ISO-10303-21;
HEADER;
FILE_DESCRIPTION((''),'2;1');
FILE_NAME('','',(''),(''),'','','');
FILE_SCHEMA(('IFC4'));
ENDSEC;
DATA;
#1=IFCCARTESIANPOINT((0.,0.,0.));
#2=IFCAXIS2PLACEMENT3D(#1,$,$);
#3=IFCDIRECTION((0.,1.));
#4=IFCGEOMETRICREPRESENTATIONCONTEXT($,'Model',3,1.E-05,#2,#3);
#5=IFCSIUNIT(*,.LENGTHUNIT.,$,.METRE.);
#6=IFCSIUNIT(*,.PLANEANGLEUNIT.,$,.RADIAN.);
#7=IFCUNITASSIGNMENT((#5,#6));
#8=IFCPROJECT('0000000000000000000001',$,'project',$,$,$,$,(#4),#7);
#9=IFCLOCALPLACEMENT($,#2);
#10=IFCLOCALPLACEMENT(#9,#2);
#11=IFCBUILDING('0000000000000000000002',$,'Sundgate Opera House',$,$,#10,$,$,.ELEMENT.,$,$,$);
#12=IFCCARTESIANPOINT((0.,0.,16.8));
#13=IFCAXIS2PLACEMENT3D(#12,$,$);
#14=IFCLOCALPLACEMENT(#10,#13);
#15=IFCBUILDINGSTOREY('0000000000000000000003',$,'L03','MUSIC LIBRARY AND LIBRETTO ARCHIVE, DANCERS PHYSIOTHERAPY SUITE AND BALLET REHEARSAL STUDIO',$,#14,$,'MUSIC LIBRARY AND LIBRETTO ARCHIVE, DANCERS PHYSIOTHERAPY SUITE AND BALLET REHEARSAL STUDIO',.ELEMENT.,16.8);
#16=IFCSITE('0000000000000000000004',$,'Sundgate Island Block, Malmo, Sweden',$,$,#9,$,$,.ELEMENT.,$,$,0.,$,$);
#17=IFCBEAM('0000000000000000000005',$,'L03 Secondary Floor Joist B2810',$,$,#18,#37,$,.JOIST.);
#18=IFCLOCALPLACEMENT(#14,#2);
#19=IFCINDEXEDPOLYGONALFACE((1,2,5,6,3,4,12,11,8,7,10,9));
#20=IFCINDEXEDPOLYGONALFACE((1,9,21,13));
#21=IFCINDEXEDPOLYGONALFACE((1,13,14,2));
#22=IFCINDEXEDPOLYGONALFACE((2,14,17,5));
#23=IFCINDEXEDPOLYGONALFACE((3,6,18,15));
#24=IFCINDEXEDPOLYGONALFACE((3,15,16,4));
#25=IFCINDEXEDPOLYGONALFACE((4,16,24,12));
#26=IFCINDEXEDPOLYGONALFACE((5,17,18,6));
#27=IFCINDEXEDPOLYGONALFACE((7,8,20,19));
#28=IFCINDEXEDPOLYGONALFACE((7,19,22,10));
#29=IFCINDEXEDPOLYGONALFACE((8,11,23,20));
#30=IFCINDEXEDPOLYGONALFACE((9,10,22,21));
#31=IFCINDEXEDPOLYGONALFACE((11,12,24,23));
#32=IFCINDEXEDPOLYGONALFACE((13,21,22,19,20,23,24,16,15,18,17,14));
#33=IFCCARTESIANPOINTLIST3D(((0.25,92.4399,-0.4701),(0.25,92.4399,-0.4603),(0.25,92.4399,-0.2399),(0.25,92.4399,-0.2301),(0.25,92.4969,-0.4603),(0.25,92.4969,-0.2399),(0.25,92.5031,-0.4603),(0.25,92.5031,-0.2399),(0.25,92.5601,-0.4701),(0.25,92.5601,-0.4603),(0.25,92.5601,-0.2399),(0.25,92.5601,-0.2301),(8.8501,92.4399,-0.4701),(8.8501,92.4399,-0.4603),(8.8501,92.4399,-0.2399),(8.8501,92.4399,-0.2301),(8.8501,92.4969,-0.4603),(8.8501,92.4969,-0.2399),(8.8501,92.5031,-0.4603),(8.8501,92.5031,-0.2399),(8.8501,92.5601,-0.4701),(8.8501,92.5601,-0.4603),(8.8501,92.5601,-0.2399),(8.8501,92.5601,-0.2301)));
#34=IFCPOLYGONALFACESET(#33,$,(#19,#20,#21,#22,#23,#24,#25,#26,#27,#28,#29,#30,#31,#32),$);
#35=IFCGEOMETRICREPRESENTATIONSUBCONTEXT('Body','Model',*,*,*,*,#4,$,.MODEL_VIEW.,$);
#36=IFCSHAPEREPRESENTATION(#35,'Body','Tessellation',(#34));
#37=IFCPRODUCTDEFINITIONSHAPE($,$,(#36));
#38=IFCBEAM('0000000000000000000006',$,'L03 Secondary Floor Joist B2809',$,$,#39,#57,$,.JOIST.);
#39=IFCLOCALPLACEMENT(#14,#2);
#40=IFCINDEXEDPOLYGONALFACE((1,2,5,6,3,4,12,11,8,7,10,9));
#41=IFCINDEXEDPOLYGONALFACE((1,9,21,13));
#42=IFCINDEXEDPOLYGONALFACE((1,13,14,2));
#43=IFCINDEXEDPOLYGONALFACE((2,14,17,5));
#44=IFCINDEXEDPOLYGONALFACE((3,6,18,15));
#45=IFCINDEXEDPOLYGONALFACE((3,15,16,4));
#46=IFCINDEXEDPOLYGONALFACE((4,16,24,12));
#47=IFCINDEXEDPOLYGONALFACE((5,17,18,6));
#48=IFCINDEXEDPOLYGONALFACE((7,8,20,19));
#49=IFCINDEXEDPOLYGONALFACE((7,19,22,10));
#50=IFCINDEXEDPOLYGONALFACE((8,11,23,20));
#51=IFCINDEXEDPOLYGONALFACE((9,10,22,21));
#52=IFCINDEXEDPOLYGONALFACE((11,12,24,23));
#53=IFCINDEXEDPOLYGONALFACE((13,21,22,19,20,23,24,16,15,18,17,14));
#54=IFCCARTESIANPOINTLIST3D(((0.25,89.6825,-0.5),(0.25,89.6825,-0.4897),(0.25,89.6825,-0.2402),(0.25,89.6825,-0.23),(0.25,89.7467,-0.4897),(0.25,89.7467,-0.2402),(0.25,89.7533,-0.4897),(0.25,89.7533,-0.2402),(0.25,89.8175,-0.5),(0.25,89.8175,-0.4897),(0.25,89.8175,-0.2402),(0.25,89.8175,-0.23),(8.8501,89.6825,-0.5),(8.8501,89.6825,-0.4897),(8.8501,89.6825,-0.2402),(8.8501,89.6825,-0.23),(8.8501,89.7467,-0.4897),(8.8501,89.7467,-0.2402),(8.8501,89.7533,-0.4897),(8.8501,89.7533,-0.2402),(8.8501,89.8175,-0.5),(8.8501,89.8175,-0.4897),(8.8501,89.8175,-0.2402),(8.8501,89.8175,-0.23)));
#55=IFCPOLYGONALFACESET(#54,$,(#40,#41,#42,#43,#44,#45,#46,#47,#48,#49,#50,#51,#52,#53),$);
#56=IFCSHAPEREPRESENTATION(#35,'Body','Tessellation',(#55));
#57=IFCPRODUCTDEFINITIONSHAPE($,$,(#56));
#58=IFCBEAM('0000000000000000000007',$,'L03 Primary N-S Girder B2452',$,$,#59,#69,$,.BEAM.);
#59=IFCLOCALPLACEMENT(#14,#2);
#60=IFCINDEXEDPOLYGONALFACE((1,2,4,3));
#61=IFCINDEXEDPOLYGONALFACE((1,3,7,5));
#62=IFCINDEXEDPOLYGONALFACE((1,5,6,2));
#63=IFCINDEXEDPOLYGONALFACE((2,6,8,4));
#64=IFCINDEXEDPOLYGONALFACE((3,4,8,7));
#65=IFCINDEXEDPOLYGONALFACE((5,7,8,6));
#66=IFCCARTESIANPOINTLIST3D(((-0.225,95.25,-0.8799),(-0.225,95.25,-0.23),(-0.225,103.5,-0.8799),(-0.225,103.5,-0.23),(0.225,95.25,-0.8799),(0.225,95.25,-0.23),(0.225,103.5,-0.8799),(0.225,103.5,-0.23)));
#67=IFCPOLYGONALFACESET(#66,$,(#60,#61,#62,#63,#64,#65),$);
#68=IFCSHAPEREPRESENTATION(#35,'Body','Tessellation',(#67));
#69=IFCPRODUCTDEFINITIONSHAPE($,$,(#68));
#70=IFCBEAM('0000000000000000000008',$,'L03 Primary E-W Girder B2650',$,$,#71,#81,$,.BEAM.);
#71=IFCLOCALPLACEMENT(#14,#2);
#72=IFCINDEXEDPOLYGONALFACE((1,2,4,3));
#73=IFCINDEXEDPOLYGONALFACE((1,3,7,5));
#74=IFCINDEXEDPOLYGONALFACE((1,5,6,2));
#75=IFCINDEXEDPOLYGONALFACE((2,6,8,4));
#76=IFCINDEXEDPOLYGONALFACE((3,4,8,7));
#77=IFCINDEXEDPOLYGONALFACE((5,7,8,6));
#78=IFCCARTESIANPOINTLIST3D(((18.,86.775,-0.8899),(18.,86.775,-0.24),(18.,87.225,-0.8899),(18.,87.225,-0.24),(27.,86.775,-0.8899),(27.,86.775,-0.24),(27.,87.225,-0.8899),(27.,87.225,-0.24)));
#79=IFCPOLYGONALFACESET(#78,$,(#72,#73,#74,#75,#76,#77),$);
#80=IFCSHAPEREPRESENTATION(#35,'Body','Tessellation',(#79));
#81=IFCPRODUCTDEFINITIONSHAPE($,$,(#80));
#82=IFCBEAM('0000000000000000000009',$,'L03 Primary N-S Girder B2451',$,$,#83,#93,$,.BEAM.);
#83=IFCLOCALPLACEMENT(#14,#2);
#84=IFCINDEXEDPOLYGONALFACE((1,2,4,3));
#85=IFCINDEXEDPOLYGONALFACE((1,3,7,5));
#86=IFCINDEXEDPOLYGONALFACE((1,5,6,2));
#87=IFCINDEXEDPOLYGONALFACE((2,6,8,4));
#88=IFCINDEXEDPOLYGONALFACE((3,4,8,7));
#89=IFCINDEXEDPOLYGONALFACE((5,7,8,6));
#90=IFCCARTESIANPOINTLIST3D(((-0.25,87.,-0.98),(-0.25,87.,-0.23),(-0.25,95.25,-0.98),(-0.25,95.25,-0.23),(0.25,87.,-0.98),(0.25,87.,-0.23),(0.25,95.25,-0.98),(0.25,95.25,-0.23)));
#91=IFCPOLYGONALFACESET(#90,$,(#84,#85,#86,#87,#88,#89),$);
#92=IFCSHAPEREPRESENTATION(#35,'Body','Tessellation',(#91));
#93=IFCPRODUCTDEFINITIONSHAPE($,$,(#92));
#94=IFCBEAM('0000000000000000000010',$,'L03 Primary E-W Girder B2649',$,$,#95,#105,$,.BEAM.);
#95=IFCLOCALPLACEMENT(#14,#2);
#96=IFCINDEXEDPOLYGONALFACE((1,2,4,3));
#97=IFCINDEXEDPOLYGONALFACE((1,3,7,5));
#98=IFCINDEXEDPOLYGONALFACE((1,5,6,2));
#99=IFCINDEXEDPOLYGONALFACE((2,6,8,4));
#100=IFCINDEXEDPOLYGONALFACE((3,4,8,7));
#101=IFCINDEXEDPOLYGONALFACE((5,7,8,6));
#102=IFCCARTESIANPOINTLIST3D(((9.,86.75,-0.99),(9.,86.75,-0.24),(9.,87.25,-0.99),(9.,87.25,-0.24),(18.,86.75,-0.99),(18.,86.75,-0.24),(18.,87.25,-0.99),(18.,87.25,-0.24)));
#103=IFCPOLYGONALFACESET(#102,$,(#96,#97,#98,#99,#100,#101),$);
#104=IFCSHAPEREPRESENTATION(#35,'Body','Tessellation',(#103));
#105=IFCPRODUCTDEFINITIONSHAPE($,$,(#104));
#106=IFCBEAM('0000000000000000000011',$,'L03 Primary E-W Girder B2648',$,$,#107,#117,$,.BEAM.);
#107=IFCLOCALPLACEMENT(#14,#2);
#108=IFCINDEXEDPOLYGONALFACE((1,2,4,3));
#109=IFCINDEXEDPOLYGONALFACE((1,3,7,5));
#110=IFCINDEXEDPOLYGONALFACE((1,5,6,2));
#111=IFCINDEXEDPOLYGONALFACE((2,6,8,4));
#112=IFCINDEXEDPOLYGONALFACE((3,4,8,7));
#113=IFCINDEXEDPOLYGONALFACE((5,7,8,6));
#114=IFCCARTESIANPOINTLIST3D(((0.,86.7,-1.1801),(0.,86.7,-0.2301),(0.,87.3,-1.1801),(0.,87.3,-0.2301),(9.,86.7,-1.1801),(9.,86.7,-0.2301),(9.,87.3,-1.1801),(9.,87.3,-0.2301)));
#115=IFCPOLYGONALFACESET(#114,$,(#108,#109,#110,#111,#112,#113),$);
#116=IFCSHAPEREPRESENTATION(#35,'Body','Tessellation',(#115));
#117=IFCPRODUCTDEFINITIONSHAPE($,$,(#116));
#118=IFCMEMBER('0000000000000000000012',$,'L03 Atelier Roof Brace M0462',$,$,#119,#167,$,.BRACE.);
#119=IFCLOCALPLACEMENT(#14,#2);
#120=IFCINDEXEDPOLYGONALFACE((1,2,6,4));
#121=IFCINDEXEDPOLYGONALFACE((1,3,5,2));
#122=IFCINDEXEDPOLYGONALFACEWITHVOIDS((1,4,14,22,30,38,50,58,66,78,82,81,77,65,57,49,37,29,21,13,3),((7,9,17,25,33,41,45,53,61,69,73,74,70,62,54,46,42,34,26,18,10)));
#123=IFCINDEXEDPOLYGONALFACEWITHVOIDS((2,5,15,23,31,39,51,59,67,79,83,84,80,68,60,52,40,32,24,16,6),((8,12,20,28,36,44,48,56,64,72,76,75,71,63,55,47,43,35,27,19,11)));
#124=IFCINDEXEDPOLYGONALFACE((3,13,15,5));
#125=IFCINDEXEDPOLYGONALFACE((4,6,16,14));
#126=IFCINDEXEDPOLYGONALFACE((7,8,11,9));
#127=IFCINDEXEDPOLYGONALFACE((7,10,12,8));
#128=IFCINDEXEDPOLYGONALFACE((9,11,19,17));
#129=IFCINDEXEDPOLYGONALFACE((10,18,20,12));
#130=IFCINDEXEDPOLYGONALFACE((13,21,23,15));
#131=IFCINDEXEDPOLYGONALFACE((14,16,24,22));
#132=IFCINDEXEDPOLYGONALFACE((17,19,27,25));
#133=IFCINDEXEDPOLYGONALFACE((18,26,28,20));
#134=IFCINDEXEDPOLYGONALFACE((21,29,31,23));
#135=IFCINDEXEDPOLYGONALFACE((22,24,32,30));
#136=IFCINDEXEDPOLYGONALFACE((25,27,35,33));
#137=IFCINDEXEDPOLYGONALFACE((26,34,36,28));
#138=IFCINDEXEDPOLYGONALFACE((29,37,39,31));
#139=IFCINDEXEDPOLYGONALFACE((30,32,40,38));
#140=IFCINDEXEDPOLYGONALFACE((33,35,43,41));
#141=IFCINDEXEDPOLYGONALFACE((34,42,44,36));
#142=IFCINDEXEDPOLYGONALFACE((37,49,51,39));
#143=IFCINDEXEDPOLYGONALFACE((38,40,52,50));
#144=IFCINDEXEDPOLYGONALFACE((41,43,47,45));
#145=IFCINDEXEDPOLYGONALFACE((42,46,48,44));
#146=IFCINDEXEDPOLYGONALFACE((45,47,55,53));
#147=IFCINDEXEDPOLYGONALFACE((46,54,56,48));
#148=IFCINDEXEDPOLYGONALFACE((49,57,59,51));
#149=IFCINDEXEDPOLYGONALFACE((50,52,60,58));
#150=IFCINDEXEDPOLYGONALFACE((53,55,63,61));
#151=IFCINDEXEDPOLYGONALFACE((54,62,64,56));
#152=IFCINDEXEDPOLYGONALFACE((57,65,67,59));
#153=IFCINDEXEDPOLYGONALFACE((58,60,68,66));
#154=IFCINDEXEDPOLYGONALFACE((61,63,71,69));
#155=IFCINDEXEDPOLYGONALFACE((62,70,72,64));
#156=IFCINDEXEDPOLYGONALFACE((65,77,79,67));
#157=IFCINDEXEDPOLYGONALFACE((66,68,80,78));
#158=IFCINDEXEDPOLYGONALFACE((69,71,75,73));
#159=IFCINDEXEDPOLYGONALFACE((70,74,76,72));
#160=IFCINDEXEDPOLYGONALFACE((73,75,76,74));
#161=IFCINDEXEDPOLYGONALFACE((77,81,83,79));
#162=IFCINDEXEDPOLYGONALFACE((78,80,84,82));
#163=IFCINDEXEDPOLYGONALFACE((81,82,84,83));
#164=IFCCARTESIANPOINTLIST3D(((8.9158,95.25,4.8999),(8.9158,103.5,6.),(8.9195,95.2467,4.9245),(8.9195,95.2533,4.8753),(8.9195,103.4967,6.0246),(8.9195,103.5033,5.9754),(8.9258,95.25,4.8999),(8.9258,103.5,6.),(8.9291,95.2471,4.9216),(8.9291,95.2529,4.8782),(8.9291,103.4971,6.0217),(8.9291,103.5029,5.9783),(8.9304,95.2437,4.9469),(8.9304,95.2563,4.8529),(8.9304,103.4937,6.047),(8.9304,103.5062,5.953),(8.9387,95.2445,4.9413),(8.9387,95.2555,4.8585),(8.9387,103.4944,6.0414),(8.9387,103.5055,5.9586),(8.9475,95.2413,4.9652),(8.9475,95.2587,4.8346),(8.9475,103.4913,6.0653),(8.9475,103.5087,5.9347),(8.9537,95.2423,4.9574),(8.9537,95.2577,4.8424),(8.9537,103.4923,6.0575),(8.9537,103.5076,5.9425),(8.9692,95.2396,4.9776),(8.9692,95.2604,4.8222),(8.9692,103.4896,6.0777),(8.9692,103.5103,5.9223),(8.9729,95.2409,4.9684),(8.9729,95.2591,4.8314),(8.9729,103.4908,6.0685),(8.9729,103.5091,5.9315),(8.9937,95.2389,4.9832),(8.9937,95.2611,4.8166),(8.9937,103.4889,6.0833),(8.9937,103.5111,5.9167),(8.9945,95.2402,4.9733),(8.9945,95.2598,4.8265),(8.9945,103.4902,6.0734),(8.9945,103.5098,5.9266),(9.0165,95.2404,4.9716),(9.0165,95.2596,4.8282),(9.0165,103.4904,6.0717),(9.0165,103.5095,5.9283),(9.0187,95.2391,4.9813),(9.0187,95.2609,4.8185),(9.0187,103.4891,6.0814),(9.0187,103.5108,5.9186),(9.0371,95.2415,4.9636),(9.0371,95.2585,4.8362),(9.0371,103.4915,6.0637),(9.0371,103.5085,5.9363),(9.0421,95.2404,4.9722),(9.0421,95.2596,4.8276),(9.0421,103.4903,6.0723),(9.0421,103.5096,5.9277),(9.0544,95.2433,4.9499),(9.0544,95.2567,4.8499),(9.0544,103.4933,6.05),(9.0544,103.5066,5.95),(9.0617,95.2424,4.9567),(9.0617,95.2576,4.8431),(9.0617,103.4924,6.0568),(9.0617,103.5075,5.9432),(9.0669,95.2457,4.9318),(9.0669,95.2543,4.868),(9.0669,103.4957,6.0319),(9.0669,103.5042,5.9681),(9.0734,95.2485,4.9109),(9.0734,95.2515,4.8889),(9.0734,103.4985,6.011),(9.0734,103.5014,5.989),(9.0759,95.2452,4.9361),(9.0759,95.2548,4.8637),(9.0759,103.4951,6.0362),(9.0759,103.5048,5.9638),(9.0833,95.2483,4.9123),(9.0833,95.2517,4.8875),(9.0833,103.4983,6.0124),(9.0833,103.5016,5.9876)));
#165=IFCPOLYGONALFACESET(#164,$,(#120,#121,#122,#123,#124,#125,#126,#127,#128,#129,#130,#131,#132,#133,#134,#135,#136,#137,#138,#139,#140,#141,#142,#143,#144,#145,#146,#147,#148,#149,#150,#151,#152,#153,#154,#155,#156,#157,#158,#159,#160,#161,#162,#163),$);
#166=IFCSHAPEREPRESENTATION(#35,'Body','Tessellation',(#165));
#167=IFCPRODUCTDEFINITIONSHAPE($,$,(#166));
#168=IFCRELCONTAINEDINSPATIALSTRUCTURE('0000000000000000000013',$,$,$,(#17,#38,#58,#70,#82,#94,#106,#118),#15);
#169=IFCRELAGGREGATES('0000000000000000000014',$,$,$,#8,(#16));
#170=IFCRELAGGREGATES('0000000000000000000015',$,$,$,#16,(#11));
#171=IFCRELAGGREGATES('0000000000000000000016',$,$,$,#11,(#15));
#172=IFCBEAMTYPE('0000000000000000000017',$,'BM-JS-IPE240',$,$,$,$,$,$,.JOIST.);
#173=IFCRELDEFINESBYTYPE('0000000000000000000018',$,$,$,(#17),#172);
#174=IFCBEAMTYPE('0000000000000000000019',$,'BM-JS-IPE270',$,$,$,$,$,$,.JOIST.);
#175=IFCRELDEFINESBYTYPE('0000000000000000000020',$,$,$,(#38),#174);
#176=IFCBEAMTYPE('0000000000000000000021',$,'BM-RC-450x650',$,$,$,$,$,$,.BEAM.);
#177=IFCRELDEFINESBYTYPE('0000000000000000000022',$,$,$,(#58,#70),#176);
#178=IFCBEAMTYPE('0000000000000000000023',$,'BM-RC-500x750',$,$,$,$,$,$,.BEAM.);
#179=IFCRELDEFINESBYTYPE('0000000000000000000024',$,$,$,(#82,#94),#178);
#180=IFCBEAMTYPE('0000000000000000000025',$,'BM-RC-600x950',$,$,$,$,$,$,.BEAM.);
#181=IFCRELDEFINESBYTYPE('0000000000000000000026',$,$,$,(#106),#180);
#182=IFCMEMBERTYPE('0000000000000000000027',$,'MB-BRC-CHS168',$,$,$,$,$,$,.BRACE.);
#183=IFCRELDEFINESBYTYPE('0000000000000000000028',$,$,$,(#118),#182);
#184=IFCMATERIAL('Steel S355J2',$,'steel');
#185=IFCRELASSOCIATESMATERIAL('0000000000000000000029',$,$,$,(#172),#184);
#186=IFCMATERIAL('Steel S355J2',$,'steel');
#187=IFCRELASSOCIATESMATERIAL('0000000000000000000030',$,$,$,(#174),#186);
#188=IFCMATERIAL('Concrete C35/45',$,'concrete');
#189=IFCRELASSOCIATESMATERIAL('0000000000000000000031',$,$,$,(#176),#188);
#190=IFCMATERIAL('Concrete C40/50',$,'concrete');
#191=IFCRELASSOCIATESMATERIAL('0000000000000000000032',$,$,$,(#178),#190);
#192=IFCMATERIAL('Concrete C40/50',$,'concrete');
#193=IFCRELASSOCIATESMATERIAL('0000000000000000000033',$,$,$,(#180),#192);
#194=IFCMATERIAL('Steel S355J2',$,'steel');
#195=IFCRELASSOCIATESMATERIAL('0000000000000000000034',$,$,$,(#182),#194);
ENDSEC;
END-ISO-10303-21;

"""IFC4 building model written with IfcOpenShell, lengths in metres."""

from ifc_helpers import new_model, si_unit, direction, frame, origin, origin_2d, place, context, subcontext, project, spatial, rectangle, hollow_circle, i_section, extrude, material, material_profile, profile_set, type_object, element, save


model = new_model("IFC4")

# Units and contexts
model_context = context("Model", 3, precision=1e-05, world=origin(), true_north=direction((0.0, 1.0)))
body_context = subcontext(model_context, "Body", "Model", "MODEL_VIEW")
ifc_project = project(units=[si_unit("LENGTHUNIT", "METRE"), si_unit("PLANEANGLEUNIT", "RADIAN")], contexts=[model_context])

# Site, building, storey
site_placement = place(None, origin())
site = spatial("IfcSite", under=ifc_project, at=site_placement, Name="Sundgate Island Block, Malmo, Sweden", CompositionType="ELEMENT", RefElevation=0.0)
building_placement = place(site_placement, origin())
building = spatial("IfcBuilding", under=site, at=building_placement, Name="Sundgate Opera House", CompositionType="ELEMENT")
storey_placement = place(building_placement, frame((0.0, 0.0, 16.8)))
storey = spatial("IfcBuildingStorey", under=building, at=storey_placement, Name="L03", Description="MUSIC LIBRARY AND LIBRETTO ARCHIVE, DANCERS PHYSIOTHERAPY SUITE AND BALLET REHEARSAL STUDIO", LongName="MUSIC LIBRARY AND LIBRETTO ARCHIVE, DANCERS PHYSIOTHERAPY SUITE AND BALLET REHEARSAL STUDIO", CompositionType="ELEMENT", Elevation=16.8)

# Beams
ifc_material_1 = material(Name="Steel S355J2", Category="steel")
ifc_material_profile_1 = material_profile(ifc_material_1, i_section(OverallWidth=0.1201, OverallDepth=0.24, WebThickness=0.0061, FlangeThickness=0.0098, at=origin_2d()), Name="IPE 240")
ifc_profile_set_1 = profile_set([ifc_material_profile_1], Name="Steel S355J2")
beam_type_1 = type_object("IfcBeamType", Name="BM-JS-IPE240", PredefinedType="JOIST", material=ifc_profile_set_1)
beam_1_placement = place(storey_placement, frame((0.25, 92.5, -0.3501), z_axis=(1.0, 0.0, 0.0), x_axis=(0.0, 1.0, 0.0)))
element("IfcBeam", 1, at=beam_1_placement, inside=storey, type_object=beam_type_1, Name="L03 Secondary Floor Joist B2810", PredefinedType="JOIST", context=body_context, shape_type="SweptSolid", body=[
    extrude(i_section(OverallWidth=0.1201, OverallDepth=0.24, WebThickness=0.0061, FlangeThickness=0.0098, at=origin_2d()), origin(), (0.0, 0.0, 1.0), 8.6001),
])
ifc_material_2 = material(Name="Steel S355J2", Category="steel")
ifc_material_profile_2 = material_profile(ifc_material_2, i_section(OverallWidth=0.135, OverallDepth=0.27, WebThickness=0.0066, FlangeThickness=0.0103, at=origin_2d()), Name="IPE 270")
ifc_profile_set_2 = profile_set([ifc_material_profile_2], Name="Steel S355J2")
beam_type_2 = type_object("IfcBeamType", Name="BM-JS-IPE270", PredefinedType="JOIST", material=ifc_profile_set_2)
beam_2_placement = place(storey_placement, frame((0.25, 89.75, -0.365), z_axis=(1.0, 0.0, 0.0), x_axis=(0.0, 1.0, 0.0)))
element("IfcBeam", 2, at=beam_2_placement, inside=storey, type_object=beam_type_2, Name="L03 Secondary Floor Joist B2809", PredefinedType="JOIST", context=body_context, shape_type="SweptSolid", body=[
    extrude(i_section(OverallWidth=0.135, OverallDepth=0.27, WebThickness=0.0066, FlangeThickness=0.0103, at=origin_2d()), origin(), (0.0, 0.0, 1.0), 8.6001),
])
ifc_material_3 = material(Name="Concrete C35/45", Category="concrete")
ifc_material_profile_3 = material_profile(ifc_material_3, rectangle(XDim=0.45, YDim=0.6499, at=origin_2d()), Name="RC 450x650")
ifc_profile_set_3 = profile_set([ifc_material_profile_3], Name="Concrete C35/45")
beam_type_3 = type_object("IfcBeamType", Name="BM-RC-450x650", PredefinedType="BEAM", material=ifc_profile_set_3)
beam_3_placement = place(storey_placement, frame((0.0, 95.25, -0.5549), z_axis=(0.0, 1.0, 0.0), x_axis=(-1.0, 0.0, 0.0)))
element("IfcBeam", 3, at=beam_3_placement, inside=storey, type_object=beam_type_3, Name="L03 Primary N-S Girder B2452", PredefinedType="BEAM", context=body_context, shape_type="SweptSolid", body=[
    extrude(rectangle(XDim=0.45, YDim=0.6499, at=origin_2d()), origin(), (0.0, 0.0, 1.0), 8.25),
])
beam_4_placement = place(storey_placement, frame((18.0, 87.0, -0.5649), z_axis=(1.0, 0.0, 0.0), x_axis=(0.0, 1.0, 0.0)))
element("IfcBeam", 4, at=beam_4_placement, inside=storey, type_object=beam_type_3, Name="L03 Primary E-W Girder B2650", PredefinedType="BEAM", context=body_context, shape_type="SweptSolid", body=[
    extrude(rectangle(XDim=0.45, YDim=0.6499, at=origin_2d()), origin(), (0.0, 0.0, 1.0), 9.0),
])
ifc_material_4 = material(Name="Concrete C40/50", Category="concrete")
ifc_material_profile_4 = material_profile(ifc_material_4, rectangle(XDim=0.5, YDim=0.75, at=origin_2d()), Name="RC 500x750")
ifc_profile_set_4 = profile_set([ifc_material_profile_4], Name="Concrete C40/50")
beam_type_4 = type_object("IfcBeamType", Name="BM-RC-500x750", PredefinedType="BEAM", material=ifc_profile_set_4)
beam_5_placement = place(storey_placement, frame((0.0, 87.0, -0.605), z_axis=(0.0, 1.0, 0.0), x_axis=(-1.0, 0.0, 0.0)))
element("IfcBeam", 5, at=beam_5_placement, inside=storey, type_object=beam_type_4, Name="L03 Primary N-S Girder B2451", PredefinedType="BEAM", context=body_context, shape_type="SweptSolid", body=[
    extrude(rectangle(XDim=0.5, YDim=0.75, at=origin_2d()), origin(), (0.0, 0.0, 1.0), 8.25),
])
beam_6_placement = place(storey_placement, frame((9.0, 87.0, -0.615), z_axis=(1.0, 0.0, 0.0), x_axis=(0.0, 1.0, 0.0)))
element("IfcBeam", 6, at=beam_6_placement, inside=storey, type_object=beam_type_4, Name="L03 Primary E-W Girder B2649", PredefinedType="BEAM", context=body_context, shape_type="SweptSolid", body=[
    extrude(rectangle(XDim=0.5, YDim=0.75, at=origin_2d()), origin(), (0.0, 0.0, 1.0), 9.0),
])
ifc_material_5 = material(Name="Concrete C40/50", Category="concrete")
ifc_material_profile_5 = material_profile(ifc_material_5, rectangle(XDim=0.6001, YDim=0.95, at=origin_2d()), Name="RC 600x950")
ifc_profile_set_5 = profile_set([ifc_material_profile_5], Name="Concrete C40/50")
beam_type_5 = type_object("IfcBeamType", Name="BM-RC-600x950", PredefinedType="BEAM", material=ifc_profile_set_5)
beam_7_placement = place(storey_placement, frame((0.0, 87.0, -0.7051), z_axis=(1.0, 0.0, 0.0), x_axis=(0.0, 1.0, 0.0)))
element("IfcBeam", 7, at=beam_7_placement, inside=storey, type_object=beam_type_5, Name="L03 Primary E-W Girder B2648", PredefinedType="BEAM", context=body_context, shape_type="SweptSolid", body=[
    extrude(rectangle(XDim=0.6001, YDim=0.95, at=origin_2d()), origin(), (0.0, 0.0, 1.0), 9.0),
])

# Member
ifc_material_6 = material(Name="Steel S355J2", Category="steel")
ifc_material_profile_6 = material_profile(ifc_material_6, hollow_circle(Radius=0.0842, WallThickness=0.01, at=origin_2d()), Name="CHS 168.3x10.0")
ifc_profile_set_6 = profile_set([ifc_material_profile_6], Name="Steel S355J2")
member_type_1 = type_object("IfcMemberType", Name="MB-BRC-CHS168", PredefinedType="BRACE", material=ifc_profile_set_6)
member_1_placement = place(storey_placement, frame((9.0, 95.25, 4.8999), z_axis=(0.0, 0.991226, 0.132175), x_axis=(-1.0, 0.0, 0.0)))
element("IfcMember", 8, at=member_1_placement, inside=storey, type_object=member_type_1, Name="L03 Atelier Roof Brace M0462", PredefinedType="BRACE", context=body_context, shape_type="SweptSolid", body=[
    extrude(hollow_circle(Radius=0.0842, WallThickness=0.01, at=origin_2d()), origin(), (0.0, 0.0, 1.0), 8.323),
])

save(model, "model.ifc")
